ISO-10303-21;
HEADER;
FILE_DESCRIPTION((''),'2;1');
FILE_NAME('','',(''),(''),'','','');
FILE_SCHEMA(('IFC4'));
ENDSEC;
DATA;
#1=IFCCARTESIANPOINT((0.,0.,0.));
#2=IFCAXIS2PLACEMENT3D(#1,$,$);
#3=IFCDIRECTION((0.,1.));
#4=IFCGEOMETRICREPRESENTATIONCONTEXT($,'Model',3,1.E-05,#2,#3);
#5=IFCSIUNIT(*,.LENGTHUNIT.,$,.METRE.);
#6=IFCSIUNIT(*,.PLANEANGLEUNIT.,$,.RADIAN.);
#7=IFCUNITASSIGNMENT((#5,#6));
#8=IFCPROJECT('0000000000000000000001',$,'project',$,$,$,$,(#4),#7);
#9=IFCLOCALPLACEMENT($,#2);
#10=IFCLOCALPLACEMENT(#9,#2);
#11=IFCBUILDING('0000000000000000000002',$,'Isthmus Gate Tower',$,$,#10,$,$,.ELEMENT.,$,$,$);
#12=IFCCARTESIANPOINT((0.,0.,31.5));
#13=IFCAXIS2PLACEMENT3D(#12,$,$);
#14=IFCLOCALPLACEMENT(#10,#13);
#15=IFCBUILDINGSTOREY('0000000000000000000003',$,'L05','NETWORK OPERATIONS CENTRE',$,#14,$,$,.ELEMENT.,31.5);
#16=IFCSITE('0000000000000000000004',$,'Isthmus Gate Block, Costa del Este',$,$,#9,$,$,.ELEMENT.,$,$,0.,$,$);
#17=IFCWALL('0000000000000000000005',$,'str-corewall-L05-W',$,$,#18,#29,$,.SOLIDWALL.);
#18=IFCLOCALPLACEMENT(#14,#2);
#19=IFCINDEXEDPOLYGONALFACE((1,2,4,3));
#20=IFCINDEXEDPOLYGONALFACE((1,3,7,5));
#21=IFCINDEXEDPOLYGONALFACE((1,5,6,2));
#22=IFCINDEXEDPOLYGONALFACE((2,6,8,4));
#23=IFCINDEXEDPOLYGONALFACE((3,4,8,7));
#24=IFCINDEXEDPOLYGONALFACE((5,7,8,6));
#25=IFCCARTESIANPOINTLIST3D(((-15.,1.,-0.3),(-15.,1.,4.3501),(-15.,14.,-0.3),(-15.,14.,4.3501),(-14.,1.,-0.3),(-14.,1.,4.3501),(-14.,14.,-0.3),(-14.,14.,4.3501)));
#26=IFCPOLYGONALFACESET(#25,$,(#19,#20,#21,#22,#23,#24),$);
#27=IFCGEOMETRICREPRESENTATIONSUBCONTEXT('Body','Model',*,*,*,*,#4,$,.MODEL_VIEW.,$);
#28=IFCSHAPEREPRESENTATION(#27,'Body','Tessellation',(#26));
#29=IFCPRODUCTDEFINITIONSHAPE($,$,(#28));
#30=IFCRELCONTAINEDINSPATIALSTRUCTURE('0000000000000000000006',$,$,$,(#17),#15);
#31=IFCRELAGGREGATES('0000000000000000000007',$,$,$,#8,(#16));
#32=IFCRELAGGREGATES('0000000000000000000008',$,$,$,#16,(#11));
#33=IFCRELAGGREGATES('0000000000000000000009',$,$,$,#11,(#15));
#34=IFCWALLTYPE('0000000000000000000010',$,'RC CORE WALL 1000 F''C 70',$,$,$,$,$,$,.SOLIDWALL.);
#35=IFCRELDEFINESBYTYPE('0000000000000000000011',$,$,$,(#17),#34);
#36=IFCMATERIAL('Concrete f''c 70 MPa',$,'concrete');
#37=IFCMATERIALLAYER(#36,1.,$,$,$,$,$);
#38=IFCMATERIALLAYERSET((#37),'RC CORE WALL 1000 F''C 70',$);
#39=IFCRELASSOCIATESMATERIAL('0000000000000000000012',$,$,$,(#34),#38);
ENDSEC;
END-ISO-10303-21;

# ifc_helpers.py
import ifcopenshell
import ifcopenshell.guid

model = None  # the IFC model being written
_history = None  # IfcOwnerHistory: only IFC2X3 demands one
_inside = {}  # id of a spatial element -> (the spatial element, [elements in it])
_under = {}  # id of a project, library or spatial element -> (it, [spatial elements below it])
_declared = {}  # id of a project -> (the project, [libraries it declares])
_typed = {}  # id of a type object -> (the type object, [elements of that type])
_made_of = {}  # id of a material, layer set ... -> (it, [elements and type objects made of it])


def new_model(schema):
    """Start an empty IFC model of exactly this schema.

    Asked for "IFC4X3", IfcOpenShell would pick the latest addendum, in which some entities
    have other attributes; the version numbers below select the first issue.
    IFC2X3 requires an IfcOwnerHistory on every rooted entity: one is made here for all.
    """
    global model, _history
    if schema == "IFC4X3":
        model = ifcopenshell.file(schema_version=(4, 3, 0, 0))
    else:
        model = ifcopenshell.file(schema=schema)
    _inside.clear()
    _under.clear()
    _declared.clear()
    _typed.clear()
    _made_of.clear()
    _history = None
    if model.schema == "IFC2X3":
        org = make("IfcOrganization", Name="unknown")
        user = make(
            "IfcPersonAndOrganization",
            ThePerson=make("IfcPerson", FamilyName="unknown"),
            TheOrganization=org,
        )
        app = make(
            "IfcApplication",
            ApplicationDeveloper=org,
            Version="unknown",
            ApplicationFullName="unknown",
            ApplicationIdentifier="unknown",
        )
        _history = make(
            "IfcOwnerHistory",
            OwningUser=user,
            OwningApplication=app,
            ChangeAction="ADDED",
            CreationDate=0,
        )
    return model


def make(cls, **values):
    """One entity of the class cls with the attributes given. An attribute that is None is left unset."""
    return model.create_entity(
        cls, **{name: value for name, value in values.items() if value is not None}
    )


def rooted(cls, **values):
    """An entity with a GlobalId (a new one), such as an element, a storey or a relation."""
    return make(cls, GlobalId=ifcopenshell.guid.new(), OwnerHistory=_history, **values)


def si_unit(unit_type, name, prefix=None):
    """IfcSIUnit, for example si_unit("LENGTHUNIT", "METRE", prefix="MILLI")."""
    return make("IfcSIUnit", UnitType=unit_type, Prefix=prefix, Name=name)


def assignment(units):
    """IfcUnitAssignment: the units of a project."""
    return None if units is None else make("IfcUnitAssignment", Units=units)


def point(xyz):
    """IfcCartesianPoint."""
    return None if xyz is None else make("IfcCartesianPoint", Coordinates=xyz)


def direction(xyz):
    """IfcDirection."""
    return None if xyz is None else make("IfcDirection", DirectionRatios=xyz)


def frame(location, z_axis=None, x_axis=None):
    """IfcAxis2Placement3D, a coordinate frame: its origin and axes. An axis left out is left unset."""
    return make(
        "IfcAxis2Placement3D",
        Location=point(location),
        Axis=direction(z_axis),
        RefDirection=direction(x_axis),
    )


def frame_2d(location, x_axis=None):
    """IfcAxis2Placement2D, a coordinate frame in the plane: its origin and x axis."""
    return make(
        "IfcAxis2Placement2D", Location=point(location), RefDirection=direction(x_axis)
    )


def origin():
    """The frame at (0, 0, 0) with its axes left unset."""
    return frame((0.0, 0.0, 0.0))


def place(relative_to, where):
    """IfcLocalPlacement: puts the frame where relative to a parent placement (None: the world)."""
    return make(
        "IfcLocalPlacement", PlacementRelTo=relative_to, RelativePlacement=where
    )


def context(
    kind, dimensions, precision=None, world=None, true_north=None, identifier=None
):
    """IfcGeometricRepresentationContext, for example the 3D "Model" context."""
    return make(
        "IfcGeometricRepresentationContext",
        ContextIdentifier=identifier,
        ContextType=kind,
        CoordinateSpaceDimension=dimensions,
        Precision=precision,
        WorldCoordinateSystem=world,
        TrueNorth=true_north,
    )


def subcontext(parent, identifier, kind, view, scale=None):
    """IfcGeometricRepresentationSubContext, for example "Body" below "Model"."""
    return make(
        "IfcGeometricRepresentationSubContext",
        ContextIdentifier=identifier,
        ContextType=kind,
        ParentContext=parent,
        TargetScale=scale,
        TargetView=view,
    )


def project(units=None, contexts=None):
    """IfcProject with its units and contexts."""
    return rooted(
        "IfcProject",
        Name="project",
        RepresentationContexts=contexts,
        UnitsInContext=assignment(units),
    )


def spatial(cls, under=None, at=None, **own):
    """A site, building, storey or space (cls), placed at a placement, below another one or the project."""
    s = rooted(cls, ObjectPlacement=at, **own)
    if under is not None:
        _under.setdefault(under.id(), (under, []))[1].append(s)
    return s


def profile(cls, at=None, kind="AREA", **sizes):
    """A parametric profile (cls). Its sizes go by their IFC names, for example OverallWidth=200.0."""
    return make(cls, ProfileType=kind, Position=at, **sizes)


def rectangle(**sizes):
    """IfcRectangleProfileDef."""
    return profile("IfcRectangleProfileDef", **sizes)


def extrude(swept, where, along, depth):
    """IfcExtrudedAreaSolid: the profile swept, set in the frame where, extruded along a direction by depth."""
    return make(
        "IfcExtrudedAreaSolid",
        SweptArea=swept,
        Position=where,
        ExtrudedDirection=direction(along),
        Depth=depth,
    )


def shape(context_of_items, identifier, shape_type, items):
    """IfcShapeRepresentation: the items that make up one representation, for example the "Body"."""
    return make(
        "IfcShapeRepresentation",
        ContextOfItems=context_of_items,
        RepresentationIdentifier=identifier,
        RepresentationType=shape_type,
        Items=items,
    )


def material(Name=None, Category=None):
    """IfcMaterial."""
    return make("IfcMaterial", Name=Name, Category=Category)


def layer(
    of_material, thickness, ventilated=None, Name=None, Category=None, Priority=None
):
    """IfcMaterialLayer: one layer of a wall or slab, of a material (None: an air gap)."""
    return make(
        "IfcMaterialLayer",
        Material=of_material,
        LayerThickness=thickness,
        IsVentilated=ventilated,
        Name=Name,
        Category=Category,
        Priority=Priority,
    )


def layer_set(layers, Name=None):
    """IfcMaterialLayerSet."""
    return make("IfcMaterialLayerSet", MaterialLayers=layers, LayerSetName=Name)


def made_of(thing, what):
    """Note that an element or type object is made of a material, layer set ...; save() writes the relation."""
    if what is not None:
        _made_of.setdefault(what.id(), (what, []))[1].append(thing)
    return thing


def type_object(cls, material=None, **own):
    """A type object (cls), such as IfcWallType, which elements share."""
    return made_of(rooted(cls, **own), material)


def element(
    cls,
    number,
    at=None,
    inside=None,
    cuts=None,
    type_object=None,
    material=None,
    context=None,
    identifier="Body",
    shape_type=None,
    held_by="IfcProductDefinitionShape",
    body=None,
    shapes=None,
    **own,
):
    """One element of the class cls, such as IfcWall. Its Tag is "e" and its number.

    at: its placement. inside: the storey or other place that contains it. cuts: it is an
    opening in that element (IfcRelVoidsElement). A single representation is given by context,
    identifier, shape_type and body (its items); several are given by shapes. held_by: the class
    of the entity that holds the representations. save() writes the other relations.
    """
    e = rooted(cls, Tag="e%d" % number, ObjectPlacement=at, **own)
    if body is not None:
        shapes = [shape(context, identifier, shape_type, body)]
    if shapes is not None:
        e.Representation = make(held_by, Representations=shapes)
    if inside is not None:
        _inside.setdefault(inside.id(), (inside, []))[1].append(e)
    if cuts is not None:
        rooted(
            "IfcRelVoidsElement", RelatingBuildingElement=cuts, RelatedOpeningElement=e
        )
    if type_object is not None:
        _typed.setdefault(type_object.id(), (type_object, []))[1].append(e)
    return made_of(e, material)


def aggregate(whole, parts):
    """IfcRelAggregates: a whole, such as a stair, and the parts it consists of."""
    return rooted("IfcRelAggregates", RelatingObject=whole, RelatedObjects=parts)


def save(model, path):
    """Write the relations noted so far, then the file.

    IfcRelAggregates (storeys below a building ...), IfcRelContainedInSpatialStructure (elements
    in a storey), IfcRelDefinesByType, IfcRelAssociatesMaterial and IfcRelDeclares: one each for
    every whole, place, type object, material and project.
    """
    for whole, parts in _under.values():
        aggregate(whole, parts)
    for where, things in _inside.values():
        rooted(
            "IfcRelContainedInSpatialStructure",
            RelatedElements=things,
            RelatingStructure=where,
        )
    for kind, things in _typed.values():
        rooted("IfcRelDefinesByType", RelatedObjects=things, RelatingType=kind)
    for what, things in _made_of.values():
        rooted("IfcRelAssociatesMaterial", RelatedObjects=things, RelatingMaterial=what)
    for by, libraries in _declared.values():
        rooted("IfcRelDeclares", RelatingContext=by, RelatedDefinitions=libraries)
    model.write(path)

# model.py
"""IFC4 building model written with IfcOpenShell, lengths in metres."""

from ifc_helpers import new_model, si_unit, direction, frame, frame_2d, origin, place, context, subcontext, project, spatial, rectangle, extrude, material, layer, layer_set, type_object, element, save


model = new_model("IFC4")

# Units and contexts
model_context = context("Model", 3, precision=1e-05, world=origin(), true_north=direction((0.0, 1.0)))
body_context = subcontext(model_context, "Body", "Model", "MODEL_VIEW")
ifc_project = project(units=[si_unit("LENGTHUNIT", "METRE"), si_unit("PLANEANGLEUNIT", "RADIAN")], contexts=[model_context])

# Site, building, storey
site_placement = place(None, origin())
site = spatial("IfcSite", under=ifc_project, at=site_placement, Name="Isthmus Gate Block, Costa del Este", CompositionType="ELEMENT", RefElevation=0.0)
building_placement = place(site_placement, origin())
building = spatial("IfcBuilding", under=site, at=building_placement, Name="Isthmus Gate Tower", CompositionType="ELEMENT")
storey_placement = place(building_placement, frame((0.0, 0.0, 31.5)))
storey = spatial("IfcBuildingStorey", under=building, at=storey_placement, Name="L05", Description="NETWORK OPERATIONS CENTRE", CompositionType="ELEMENT", Elevation=31.5)

# Shared definitions
ifc_material_1 = material(Name="Concrete f'c 70 MPa", Category="concrete")
ifc_layer_1 = layer(ifc_material_1, 1.0)
ifc_layer_set_1 = layer_set([ifc_layer_1], Name="RC CORE WALL 1000 F'C 70")
wall_type_1 = type_object("IfcWallType", Name="RC CORE WALL 1000 F'C 70", PredefinedType="SOLIDWALL", material=ifc_layer_set_1)

# Wall
wall_1_placement = place(storey_placement, frame((-14.5, 1.0, -0.3), z_axis=(0.0, 0.0, 1.0), x_axis=(0.0, 1.0, 0.0)))
element("IfcWall", 1, at=wall_1_placement, inside=storey, type_object=wall_type_1, Name="str-corewall-L05-W", PredefinedType="SOLIDWALL", context=body_context, shape_type="SweptSolid", body=[
    extrude(rectangle(XDim=13.0, YDim=1.0, at=frame_2d((6.5, 0.0))), origin(), (0.0, 0.0, 1.0), 4.6501),
])

save(model, "model.ifc")
